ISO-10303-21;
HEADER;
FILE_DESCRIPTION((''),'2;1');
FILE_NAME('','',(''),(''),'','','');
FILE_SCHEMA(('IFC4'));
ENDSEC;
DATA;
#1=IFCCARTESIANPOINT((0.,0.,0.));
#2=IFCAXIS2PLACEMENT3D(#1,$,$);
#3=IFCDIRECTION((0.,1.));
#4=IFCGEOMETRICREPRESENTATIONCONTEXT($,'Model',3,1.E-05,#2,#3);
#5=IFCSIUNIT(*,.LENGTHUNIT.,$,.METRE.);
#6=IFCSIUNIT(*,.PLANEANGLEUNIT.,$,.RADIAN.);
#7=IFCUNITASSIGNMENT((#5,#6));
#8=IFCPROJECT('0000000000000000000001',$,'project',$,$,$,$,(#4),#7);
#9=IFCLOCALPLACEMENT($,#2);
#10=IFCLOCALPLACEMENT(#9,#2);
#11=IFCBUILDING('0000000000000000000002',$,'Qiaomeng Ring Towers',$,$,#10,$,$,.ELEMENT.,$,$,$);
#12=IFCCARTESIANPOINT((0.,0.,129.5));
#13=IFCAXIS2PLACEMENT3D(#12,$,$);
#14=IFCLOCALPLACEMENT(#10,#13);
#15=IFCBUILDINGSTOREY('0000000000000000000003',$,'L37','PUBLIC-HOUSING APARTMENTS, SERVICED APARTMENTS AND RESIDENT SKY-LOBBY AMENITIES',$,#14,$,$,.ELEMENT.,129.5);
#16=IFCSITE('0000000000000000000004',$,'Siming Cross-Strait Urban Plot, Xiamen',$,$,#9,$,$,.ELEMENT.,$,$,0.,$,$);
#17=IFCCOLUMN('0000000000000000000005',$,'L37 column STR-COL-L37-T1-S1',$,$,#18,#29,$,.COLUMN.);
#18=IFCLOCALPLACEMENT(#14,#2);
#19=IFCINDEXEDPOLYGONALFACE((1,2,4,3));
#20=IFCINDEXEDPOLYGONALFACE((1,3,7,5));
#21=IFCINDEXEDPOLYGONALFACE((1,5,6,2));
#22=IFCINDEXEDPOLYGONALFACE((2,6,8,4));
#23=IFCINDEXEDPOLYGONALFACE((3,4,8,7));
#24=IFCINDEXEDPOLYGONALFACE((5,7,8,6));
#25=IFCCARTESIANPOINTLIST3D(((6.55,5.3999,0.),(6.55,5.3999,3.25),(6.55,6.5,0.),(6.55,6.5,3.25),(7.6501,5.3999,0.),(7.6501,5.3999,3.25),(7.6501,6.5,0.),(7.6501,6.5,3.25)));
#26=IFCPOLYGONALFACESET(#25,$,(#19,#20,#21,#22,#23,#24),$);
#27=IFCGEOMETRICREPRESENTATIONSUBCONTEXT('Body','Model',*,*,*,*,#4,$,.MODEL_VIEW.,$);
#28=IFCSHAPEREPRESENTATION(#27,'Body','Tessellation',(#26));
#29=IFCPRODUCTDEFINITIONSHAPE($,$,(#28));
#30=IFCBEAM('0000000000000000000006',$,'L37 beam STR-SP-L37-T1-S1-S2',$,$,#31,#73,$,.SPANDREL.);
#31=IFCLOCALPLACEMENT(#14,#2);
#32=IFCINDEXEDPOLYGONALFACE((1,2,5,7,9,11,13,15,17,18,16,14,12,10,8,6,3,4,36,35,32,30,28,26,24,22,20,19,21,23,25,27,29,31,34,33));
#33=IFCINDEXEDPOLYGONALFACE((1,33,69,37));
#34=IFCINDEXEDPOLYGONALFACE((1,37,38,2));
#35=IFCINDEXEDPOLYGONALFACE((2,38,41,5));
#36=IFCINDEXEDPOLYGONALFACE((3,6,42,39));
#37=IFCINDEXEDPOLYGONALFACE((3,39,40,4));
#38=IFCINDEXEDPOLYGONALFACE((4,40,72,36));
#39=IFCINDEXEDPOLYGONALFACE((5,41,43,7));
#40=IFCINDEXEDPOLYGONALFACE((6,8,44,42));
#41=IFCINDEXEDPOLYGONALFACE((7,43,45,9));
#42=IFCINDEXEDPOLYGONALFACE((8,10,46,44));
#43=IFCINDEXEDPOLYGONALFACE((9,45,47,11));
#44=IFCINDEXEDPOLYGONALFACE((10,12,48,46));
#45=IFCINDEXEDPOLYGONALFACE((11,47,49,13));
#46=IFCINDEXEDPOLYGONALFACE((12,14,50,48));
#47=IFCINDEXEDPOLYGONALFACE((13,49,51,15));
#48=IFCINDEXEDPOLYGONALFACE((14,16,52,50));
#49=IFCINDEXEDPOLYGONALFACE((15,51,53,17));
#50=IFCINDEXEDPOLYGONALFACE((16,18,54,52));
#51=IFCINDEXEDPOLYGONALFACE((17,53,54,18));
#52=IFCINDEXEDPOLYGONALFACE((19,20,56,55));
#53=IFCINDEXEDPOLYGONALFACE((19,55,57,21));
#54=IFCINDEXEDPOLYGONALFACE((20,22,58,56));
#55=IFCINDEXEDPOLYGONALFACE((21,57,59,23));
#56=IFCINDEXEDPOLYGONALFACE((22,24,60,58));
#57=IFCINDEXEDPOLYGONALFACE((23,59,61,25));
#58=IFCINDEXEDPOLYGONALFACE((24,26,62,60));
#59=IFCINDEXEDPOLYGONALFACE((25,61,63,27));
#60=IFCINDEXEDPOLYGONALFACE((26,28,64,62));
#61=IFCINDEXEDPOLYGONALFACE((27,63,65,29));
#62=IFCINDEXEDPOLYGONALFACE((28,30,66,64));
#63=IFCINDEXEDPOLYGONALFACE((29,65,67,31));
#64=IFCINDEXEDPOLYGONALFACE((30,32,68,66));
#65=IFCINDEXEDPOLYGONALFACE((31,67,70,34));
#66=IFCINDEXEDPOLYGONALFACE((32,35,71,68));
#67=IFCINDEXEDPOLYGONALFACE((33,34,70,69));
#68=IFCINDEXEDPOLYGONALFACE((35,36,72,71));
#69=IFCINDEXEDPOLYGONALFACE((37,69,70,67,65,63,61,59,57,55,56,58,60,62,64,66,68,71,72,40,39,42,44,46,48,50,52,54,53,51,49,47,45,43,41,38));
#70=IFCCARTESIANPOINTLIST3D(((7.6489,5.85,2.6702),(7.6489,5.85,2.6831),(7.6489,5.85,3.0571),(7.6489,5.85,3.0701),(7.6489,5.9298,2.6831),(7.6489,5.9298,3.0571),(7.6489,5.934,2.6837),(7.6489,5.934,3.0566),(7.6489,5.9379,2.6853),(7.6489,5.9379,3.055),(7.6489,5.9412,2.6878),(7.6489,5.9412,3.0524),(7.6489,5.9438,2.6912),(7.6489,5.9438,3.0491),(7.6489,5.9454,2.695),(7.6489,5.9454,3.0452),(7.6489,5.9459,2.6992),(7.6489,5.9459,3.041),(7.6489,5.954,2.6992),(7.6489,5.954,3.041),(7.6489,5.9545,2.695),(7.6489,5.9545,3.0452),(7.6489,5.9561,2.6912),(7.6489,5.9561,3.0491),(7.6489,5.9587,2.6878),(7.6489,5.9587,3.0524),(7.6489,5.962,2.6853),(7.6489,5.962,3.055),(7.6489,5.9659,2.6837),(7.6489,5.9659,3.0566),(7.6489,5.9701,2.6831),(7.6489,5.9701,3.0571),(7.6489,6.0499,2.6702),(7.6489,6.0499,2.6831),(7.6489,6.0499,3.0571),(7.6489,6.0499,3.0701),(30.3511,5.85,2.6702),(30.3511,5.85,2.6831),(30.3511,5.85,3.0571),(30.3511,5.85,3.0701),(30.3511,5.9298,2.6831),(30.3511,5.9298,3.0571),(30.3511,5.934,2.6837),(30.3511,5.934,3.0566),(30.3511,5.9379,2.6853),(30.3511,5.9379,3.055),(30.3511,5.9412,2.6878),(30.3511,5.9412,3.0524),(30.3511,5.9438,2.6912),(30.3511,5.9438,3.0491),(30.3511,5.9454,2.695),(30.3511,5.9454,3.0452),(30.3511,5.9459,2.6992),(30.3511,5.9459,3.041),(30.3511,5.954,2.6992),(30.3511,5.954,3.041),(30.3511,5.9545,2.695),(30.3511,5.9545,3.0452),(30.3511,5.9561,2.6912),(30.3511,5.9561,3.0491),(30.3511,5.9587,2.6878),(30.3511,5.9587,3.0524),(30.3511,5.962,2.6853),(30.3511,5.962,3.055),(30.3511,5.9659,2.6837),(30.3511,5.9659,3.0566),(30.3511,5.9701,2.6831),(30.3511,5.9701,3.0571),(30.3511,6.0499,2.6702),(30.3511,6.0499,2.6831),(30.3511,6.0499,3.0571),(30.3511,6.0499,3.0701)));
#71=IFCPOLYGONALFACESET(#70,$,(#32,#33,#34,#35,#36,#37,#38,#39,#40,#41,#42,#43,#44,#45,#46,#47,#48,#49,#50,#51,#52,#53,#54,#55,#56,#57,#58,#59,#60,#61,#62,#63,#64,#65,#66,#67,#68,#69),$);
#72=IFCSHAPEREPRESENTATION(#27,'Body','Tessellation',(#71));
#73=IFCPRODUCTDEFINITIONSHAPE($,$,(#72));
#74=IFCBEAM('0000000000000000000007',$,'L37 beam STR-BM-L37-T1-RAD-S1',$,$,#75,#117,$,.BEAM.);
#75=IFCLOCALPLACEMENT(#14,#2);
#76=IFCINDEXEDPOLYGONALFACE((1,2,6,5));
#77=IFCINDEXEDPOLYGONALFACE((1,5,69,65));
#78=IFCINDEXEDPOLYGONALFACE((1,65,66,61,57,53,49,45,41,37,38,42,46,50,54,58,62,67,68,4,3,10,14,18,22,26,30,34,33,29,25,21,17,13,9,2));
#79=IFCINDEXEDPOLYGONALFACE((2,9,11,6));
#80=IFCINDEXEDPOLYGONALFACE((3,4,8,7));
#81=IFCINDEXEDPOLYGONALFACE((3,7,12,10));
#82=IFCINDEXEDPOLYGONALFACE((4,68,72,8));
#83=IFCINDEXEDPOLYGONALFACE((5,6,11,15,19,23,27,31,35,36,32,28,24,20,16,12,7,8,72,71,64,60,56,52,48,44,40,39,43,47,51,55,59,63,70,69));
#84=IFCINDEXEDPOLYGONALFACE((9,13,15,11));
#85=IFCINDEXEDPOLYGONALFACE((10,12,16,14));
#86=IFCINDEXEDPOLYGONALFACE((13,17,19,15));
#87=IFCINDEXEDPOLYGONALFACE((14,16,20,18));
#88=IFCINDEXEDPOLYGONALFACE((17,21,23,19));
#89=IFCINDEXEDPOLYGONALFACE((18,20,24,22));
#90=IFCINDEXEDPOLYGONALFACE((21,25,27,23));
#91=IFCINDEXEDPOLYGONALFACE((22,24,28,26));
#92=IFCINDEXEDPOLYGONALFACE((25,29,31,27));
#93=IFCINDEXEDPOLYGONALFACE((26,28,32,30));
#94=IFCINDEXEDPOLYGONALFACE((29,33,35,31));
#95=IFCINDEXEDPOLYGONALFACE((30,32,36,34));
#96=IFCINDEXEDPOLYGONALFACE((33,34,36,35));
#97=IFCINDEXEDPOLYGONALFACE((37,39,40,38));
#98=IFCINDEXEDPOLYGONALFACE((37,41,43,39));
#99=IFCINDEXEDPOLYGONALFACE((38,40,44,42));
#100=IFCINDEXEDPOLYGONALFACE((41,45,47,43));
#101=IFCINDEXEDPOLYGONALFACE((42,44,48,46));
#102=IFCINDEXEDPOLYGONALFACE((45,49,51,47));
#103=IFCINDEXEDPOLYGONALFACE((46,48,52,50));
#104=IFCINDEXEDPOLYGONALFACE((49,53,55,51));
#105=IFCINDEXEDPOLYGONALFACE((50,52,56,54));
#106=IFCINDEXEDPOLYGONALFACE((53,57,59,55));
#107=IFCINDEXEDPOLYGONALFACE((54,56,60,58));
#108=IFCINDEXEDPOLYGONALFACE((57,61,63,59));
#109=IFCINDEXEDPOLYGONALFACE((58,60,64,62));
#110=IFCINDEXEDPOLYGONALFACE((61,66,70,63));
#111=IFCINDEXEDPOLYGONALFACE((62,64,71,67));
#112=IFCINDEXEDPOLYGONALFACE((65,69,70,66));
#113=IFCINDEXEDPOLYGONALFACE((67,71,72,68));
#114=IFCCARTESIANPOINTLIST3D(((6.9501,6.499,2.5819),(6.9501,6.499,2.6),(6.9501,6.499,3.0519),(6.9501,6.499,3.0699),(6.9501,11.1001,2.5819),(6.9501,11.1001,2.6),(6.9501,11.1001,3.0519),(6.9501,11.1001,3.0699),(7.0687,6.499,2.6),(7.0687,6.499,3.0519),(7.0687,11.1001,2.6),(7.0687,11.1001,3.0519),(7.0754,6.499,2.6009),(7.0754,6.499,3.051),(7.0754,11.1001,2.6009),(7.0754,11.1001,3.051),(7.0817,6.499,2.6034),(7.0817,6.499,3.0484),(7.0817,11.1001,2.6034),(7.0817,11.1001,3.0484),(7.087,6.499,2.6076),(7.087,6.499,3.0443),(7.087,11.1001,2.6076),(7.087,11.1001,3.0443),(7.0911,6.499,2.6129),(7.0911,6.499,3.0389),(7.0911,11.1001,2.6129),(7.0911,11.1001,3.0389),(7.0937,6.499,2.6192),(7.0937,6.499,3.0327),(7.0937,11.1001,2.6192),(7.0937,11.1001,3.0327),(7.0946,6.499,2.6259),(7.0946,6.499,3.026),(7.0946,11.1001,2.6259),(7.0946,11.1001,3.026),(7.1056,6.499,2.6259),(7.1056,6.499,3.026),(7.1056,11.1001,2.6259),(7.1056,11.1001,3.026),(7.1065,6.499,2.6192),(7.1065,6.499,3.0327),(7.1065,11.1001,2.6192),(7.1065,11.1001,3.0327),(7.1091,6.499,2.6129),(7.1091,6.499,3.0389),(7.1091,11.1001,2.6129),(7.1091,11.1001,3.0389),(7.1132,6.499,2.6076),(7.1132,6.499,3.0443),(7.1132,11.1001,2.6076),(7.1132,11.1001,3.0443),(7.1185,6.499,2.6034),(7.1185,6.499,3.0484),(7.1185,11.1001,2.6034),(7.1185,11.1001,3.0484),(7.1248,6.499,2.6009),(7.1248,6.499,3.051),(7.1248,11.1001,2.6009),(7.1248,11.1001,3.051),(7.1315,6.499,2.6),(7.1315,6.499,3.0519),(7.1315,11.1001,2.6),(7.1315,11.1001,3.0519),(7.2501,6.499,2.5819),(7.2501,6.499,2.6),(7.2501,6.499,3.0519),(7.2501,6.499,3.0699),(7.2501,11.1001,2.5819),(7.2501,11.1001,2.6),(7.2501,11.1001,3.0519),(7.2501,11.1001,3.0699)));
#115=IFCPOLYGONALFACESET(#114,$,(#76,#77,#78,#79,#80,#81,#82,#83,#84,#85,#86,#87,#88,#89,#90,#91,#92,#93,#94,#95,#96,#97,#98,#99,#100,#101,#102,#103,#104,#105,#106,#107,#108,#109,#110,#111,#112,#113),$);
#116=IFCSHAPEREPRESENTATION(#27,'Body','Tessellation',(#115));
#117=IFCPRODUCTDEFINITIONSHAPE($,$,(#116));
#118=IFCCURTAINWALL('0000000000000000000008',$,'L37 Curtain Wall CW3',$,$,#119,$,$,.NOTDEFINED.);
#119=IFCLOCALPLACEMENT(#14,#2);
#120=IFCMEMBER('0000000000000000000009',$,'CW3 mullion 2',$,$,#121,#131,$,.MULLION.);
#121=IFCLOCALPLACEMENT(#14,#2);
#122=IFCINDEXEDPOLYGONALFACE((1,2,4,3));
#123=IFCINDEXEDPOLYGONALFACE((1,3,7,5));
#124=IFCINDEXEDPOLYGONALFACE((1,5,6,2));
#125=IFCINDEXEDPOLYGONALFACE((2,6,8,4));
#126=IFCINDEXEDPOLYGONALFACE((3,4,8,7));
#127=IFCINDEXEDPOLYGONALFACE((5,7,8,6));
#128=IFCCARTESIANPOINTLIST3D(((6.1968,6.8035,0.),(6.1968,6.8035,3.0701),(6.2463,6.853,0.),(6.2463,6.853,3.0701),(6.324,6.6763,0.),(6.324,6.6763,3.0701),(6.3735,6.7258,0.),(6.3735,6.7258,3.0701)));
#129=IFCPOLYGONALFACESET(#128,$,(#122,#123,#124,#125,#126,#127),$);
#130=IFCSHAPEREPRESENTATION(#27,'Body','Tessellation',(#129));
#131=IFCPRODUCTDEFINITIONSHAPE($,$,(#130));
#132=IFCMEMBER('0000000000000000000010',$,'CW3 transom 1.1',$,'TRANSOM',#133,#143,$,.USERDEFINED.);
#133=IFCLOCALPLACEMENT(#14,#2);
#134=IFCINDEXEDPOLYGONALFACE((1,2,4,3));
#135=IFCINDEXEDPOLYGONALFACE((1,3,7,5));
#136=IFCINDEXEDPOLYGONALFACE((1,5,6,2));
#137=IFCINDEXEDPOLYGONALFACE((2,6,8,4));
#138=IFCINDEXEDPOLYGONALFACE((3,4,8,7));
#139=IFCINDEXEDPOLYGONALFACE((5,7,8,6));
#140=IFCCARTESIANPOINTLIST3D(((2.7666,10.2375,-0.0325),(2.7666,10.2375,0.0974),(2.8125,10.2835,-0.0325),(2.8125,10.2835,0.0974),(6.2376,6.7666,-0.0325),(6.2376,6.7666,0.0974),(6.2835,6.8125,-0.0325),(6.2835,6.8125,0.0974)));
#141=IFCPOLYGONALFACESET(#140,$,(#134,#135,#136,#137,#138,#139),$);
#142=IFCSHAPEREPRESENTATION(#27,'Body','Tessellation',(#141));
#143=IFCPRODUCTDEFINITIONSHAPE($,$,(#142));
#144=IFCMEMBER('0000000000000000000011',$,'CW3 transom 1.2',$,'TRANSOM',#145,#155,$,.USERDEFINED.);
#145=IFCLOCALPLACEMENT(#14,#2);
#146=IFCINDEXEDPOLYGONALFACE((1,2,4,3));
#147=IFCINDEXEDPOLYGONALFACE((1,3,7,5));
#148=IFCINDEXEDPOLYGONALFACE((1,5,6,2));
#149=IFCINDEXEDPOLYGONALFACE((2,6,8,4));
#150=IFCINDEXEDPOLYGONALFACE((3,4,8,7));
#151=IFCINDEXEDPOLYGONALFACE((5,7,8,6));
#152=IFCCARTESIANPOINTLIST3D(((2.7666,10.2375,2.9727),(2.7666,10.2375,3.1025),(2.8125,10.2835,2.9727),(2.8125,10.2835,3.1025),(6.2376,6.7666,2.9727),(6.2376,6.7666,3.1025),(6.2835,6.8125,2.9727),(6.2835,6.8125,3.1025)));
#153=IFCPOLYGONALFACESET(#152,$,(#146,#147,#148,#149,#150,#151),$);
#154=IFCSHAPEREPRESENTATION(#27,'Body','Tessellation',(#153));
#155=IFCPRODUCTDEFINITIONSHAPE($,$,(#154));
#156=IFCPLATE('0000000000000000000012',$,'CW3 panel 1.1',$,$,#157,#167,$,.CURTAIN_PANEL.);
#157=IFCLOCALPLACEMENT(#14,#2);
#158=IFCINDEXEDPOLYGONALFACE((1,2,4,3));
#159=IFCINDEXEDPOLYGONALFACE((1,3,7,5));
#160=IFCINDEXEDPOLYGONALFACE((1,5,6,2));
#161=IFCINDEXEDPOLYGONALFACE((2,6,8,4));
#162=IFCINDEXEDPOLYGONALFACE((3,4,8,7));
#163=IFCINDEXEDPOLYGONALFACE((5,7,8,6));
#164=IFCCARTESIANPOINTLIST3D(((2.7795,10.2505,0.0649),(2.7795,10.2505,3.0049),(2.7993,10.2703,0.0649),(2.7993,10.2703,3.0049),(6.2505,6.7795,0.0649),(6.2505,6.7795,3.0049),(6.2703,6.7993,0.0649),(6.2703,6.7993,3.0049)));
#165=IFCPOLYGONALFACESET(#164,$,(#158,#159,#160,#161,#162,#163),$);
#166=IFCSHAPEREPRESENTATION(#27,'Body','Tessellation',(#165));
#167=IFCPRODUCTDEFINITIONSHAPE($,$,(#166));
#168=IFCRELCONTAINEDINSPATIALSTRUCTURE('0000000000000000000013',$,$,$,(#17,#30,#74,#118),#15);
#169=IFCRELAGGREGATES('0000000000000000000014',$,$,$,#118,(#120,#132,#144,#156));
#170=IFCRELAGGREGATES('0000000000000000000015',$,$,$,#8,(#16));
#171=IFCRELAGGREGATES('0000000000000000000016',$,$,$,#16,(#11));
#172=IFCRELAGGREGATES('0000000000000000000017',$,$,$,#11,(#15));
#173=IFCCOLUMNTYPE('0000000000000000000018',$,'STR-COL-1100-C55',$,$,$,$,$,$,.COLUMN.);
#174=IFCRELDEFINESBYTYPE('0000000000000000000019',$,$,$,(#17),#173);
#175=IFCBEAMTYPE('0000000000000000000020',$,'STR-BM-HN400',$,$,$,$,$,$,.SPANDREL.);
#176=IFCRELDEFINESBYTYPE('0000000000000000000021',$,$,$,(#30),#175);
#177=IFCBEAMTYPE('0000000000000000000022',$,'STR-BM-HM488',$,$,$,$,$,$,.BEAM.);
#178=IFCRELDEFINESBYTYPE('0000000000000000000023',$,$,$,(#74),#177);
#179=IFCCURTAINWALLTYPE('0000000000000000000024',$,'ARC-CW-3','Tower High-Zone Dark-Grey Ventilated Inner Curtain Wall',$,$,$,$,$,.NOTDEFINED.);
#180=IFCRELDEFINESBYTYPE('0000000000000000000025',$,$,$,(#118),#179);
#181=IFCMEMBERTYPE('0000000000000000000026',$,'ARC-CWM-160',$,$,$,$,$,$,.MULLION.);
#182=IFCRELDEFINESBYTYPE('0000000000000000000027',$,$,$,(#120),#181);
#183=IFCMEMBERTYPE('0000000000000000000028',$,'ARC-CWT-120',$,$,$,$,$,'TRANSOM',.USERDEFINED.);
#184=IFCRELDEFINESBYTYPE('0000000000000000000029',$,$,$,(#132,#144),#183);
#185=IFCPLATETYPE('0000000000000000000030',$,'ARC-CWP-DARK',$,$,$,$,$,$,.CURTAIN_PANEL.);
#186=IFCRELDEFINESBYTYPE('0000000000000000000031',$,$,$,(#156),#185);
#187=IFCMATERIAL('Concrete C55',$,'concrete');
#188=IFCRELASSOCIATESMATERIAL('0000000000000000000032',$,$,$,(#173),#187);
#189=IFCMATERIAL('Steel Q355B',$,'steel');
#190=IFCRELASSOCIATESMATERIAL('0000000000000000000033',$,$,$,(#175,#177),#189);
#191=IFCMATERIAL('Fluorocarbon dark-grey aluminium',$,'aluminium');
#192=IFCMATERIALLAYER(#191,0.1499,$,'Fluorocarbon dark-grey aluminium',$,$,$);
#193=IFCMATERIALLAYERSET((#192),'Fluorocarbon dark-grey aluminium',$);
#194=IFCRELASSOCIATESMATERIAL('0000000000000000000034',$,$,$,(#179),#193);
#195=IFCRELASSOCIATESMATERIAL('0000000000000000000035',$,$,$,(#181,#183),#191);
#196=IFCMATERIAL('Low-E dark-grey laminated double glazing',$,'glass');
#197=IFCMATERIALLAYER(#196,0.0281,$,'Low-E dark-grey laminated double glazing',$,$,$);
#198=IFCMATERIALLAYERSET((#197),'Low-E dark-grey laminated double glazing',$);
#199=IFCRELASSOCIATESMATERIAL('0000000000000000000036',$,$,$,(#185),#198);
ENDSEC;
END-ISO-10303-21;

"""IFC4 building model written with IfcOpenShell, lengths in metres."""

from ifc_helpers import new_model, si_unit, direction, frame, origin, origin_2d, place, context, subcontext, project, spatial, rectangle, i_section, extrude, source, transform, mapped, material, layer, layer_set, material_profile, profile_set, type_object, element, aggregate, save


model = new_model("IFC4")

# Units and contexts
model_context = context("Model", 3, precision=1e-05, world=origin(), true_north=direction((0.0, 1.0)))
body_context = subcontext(model_context, "Body", "Model", "MODEL_VIEW")
ifc_project = project(units=[si_unit("LENGTHUNIT", "METRE"), si_unit("PLANEANGLEUNIT", "RADIAN")], contexts=[model_context])

# Site, building, storey
site_placement = place(None, origin())
site = spatial("IfcSite", under=ifc_project, at=site_placement, Name="Siming Cross-Strait Urban Plot, Xiamen", CompositionType="ELEMENT", RefElevation=0.0)
building_placement = place(site_placement, origin())
building = spatial("IfcBuilding", under=site, at=building_placement, Name="Qiaomeng Ring Towers", CompositionType="ELEMENT")
storey_placement = place(building_placement, frame((0.0, 0.0, 129.5)))
storey = spatial("IfcBuildingStorey", under=building, at=storey_placement, Name="L37", Description="PUBLIC-HOUSING APARTMENTS, SERVICED APARTMENTS AND RESIDENT SKY-LOBBY AMENITIES", CompositionType="ELEMENT", Elevation=129.5)

# Column
ifc_material_1 = material(Name="Concrete C55", Category="concrete")
ifc_material_profile_1 = material_profile(ifc_material_1, rectangle(XDim=1.1001, YDim=1.1001, at=origin_2d()), Name="RC COL 1100x1100")
ifc_profile_set_1 = profile_set([ifc_material_profile_1], Name="Concrete C55")
column_type = type_object("IfcColumnType", Name="STR-COL-1100-C55", PredefinedType="COLUMN", material=ifc_profile_set_1)
shared_shape_1 = source(origin(), body_context, "Body", "SweptSolid", [
    extrude(rectangle(XDim=1.1001, YDim=1.1001, at=origin_2d()), origin(), (0.0, 0.0, 1.0), 3.25),
])
column_placement = place(storey_placement, frame((7.1001, 5.95, 0.0), z_axis=(0.0, 0.0, 1.0), x_axis=(1.0, 0.0, 0.0)))
element("IfcColumn", 1, at=column_placement, inside=storey, type_object=column_type, Name="L37 column STR-COL-L37-T1-S1", PredefinedType="COLUMN", context=body_context, shape_type="MappedRepresentation", body=[
    mapped(shared_shape_1, transform((0.0, 0.0, 0.0), x_axis=(1.0, 0.0, 0.0), y_axis=(0.0, 1.0, 0.0), z_axis=(0.0, 0.0, 1.0), scale=1.0)),
])

# Beams
ifc_material_2 = material(Name="Steel Q355B", Category="steel")
ifc_material_profile_2 = material_profile(ifc_material_2, i_section(OverallWidth=0.2, OverallDepth=0.3999, WebThickness=0.0081, FlangeThickness=0.0129, FilletRadius=0.0161, at=origin_2d()), Name="HN 400x200x8x13")
ifc_profile_set_2 = profile_set([ifc_material_profile_2], Name="Steel Q355B")
beam_type_1 = type_object("IfcBeamType", Name="STR-BM-HN400", PredefinedType="SPANDREL", material=ifc_profile_set_2)
shared_shape_2 = source(origin(), body_context, "Body", "SweptSolid", [
    extrude(i_section(OverallWidth=0.2, OverallDepth=0.3999, WebThickness=0.0081, FlangeThickness=0.0129, FilletRadius=0.0161, at=origin_2d()), origin(), (0.0, 0.0, 1.0), 22.7021),
])
beam_1_placement = place(storey_placement, frame((7.6489, 5.95, 2.8701), z_axis=(1.0, 0.0, 0.0), x_axis=(0.0, 1.0, 0.0)))
element("IfcBeam", 2, at=beam_1_placement, inside=storey, type_object=beam_type_1, Name="L37 beam STR-SP-L37-T1-S1-S2", PredefinedType="SPANDREL", context=body_context, shape_type="MappedRepresentation", body=[
    mapped(shared_shape_2, transform((0.0, 0.0, 0.0), x_axis=(1.0, 0.0, 0.0), y_axis=(0.0, 1.0, 0.0), z_axis=(0.0, 0.0, 1.0), scale=1.0)),
])
ifc_material_profile_3 = material_profile(ifc_material_2, i_section(OverallWidth=0.3, OverallDepth=0.488, WebThickness=0.011, FlangeThickness=0.0181, FilletRadius=0.0259, at=origin_2d()), Name="HM 488x300x11x18")
ifc_profile_set_3 = profile_set([ifc_material_profile_3], Name="Steel Q355B")
beam_type_2 = type_object("IfcBeamType", Name="STR-BM-HM488", PredefinedType="BEAM", material=ifc_profile_set_3)
shared_shape_3 = source(origin(), body_context, "Body", "SweptSolid", [
    extrude(i_section(OverallWidth=0.3, OverallDepth=0.488, WebThickness=0.011, FlangeThickness=0.0181, FilletRadius=0.0259, at=origin_2d()), origin(), (0.0, 0.0, 1.0), 4.6011),
])
beam_2_placement = place(storey_placement, frame((7.1001, 6.499, 2.8259), z_axis=(0.0, 1.0, 0.0), x_axis=(-1.0, 0.0, 0.0)))
element("IfcBeam", 3, at=beam_2_placement, inside=storey, type_object=beam_type_2, Name="L37 beam STR-BM-L37-T1-RAD-S1", PredefinedType="BEAM", context=body_context, shape_type="MappedRepresentation", body=[
    mapped(shared_shape_3, transform((0.0, 0.0, 0.0), x_axis=(1.0, 0.0, 0.0), y_axis=(0.0, 1.0, 0.0), z_axis=(0.0, 0.0, 1.0), scale=1.0)),
])

# Curtain wall, members, plate
ifc_material_3 = material(Name="Fluorocarbon dark-grey aluminium", Category="aluminium")
ifc_layer_1 = layer(ifc_material_3, 0.1499, Name="Fluorocarbon dark-grey aluminium")
ifc_layer_set_1 = layer_set([ifc_layer_1], Name="Fluorocarbon dark-grey aluminium")
curtain_wall_type = type_object("IfcCurtainWallType", Name="ARC-CW-3", Description="Tower High-Zone Dark-Grey Ventilated Inner Curtain Wall", PredefinedType="NOTDEFINED", material=ifc_layer_set_1)
curtain_wall_placement = place(storey_placement, origin())
curtain_wall = element("IfcCurtainWall", 4, at=curtain_wall_placement, inside=storey, type_object=curtain_wall_type, Name="L37 Curtain Wall CW3", PredefinedType="NOTDEFINED")
ifc_material_profile_4 = material_profile(ifc_material_3, rectangle(XDim=0.0701, YDim=0.1799, at=origin_2d()), Name="ALU MULL 70x180")
ifc_profile_set_4 = profile_set([ifc_material_profile_4], Name="Fluorocarbon dark-grey aluminium")
member_type_1 = type_object("IfcMemberType", Name="ARC-CWM-160", PredefinedType="MULLION", material=ifc_profile_set_4)
shared_shape_4 = source(origin(), body_context, "Body", "SweptSolid", [
    extrude(rectangle(XDim=0.0701, YDim=0.1799, at=origin_2d()), origin(), (0.0, 0.0, 1.0), 3.0701),
])
member_1_placement = place(storey_placement, frame((6.2852, 6.7646, 0.0), z_axis=(0.0, 0.0, 1.0), x_axis=(0.707107, 0.707107, 0.0)))
member_1 = element("IfcMember", 5, at=member_1_placement, type_object=member_type_1, Name="CW3 mullion 2", PredefinedType="MULLION", context=body_context, shape_type="MappedRepresentation", body=[
    mapped(shared_shape_4, transform((0.0, 0.0, 0.0), x_axis=(1.0, 0.0, 0.0), y_axis=(0.0, 1.0, 0.0), z_axis=(0.0, 0.0, 1.0), scale=1.0)),
])
ifc_material_profile_5 = material_profile(ifc_material_3, rectangle(XDim=0.0649, YDim=0.1299, at=origin_2d()), Name="ALU TRAN 65x130")
ifc_profile_set_5 = profile_set([ifc_material_profile_5], Name="Fluorocarbon dark-grey aluminium")
member_type_2 = type_object("IfcMemberType", Name="ARC-CWT-120", ElementType="TRANSOM", PredefinedType="USERDEFINED", material=ifc_profile_set_5)
shared_shape_5 = source(origin(), body_context, "Body", "SweptSolid", [
    extrude(rectangle(XDim=0.0649, YDim=0.1299, at=origin_2d()), origin(), (0.0, 0.0, 1.0), 4.9087),
])
member_2_placement = place(storey_placement, frame((2.7896, 10.2605, 0.0325), z_axis=(0.707107, -0.707107, 0.0), x_axis=(0.707107, 0.707107, 0.0)))
member_2 = element("IfcMember", 6, at=member_2_placement, type_object=member_type_2, Name="CW3 transom 1.1", ObjectType="TRANSOM", PredefinedType="USERDEFINED", context=body_context, shape_type="MappedRepresentation", body=[
    mapped(shared_shape_5, transform((0.0, 0.0, 0.0), x_axis=(1.0, 0.0, 0.0), y_axis=(0.0, 1.0, 0.0), z_axis=(0.0, 0.0, 1.0), scale=1.0)),
])
member_3_placement = place(storey_placement, frame((2.7896, 10.2605, 3.0376), z_axis=(0.707107, -0.707107, 0.0), x_axis=(0.707107, 0.707107, 0.0)))
member_3 = element("IfcMember", 7, at=member_3_placement, type_object=member_type_2, Name="CW3 transom 1.2", ObjectType="TRANSOM", PredefinedType="USERDEFINED", context=body_context, shape_type="MappedRepresentation", body=[
    mapped(shared_shape_5, transform((0.0, 0.0, 0.0), x_axis=(1.0, 0.0, 0.0), y_axis=(0.0, 1.0, 0.0), z_axis=(0.0, 0.0, 1.0), scale=1.0)),
])
ifc_material_4 = material(Name="Low-E dark-grey laminated double glazing", Category="glass")
ifc_layer_2 = layer(ifc_material_4, 0.0281, Name="Low-E dark-grey laminated double glazing")
ifc_layer_set_2 = layer_set([ifc_layer_2], Name="Low-E dark-grey laminated double glazing")
plate_type = type_object("IfcPlateType", Name="ARC-CWP-DARK", PredefinedType="CURTAIN_PANEL", material=ifc_layer_set_2)
shared_shape_6 = source(origin(), body_context, "Body", "SweptSolid", [
    extrude(rectangle(XDim=4.9087, YDim=0.0281, at=origin_2d()), origin(), (0.0, 0.0, 1.0), 2.9399),
])
plate_placement = place(storey_placement, frame((4.5249, 8.5249, 0.0649), z_axis=(0.0, 0.0, 1.0), x_axis=(0.707107, -0.707107, 0.0)))
plate = element("IfcPlate", 8, at=plate_placement, type_object=plate_type, Name="CW3 panel 1.1", PredefinedType="CURTAIN_PANEL", context=body_context, shape_type="MappedRepresentation", body=[
    mapped(shared_shape_6, transform((0.0, 0.0, 0.0), x_axis=(1.0, 0.0, 0.0), y_axis=(0.0, 1.0, 0.0), z_axis=(0.0, 0.0, 1.0), scale=1.0)),
])
aggregate(curtain_wall, [member_1, member_2, member_3, plate])

save(model, "model.ifc")
